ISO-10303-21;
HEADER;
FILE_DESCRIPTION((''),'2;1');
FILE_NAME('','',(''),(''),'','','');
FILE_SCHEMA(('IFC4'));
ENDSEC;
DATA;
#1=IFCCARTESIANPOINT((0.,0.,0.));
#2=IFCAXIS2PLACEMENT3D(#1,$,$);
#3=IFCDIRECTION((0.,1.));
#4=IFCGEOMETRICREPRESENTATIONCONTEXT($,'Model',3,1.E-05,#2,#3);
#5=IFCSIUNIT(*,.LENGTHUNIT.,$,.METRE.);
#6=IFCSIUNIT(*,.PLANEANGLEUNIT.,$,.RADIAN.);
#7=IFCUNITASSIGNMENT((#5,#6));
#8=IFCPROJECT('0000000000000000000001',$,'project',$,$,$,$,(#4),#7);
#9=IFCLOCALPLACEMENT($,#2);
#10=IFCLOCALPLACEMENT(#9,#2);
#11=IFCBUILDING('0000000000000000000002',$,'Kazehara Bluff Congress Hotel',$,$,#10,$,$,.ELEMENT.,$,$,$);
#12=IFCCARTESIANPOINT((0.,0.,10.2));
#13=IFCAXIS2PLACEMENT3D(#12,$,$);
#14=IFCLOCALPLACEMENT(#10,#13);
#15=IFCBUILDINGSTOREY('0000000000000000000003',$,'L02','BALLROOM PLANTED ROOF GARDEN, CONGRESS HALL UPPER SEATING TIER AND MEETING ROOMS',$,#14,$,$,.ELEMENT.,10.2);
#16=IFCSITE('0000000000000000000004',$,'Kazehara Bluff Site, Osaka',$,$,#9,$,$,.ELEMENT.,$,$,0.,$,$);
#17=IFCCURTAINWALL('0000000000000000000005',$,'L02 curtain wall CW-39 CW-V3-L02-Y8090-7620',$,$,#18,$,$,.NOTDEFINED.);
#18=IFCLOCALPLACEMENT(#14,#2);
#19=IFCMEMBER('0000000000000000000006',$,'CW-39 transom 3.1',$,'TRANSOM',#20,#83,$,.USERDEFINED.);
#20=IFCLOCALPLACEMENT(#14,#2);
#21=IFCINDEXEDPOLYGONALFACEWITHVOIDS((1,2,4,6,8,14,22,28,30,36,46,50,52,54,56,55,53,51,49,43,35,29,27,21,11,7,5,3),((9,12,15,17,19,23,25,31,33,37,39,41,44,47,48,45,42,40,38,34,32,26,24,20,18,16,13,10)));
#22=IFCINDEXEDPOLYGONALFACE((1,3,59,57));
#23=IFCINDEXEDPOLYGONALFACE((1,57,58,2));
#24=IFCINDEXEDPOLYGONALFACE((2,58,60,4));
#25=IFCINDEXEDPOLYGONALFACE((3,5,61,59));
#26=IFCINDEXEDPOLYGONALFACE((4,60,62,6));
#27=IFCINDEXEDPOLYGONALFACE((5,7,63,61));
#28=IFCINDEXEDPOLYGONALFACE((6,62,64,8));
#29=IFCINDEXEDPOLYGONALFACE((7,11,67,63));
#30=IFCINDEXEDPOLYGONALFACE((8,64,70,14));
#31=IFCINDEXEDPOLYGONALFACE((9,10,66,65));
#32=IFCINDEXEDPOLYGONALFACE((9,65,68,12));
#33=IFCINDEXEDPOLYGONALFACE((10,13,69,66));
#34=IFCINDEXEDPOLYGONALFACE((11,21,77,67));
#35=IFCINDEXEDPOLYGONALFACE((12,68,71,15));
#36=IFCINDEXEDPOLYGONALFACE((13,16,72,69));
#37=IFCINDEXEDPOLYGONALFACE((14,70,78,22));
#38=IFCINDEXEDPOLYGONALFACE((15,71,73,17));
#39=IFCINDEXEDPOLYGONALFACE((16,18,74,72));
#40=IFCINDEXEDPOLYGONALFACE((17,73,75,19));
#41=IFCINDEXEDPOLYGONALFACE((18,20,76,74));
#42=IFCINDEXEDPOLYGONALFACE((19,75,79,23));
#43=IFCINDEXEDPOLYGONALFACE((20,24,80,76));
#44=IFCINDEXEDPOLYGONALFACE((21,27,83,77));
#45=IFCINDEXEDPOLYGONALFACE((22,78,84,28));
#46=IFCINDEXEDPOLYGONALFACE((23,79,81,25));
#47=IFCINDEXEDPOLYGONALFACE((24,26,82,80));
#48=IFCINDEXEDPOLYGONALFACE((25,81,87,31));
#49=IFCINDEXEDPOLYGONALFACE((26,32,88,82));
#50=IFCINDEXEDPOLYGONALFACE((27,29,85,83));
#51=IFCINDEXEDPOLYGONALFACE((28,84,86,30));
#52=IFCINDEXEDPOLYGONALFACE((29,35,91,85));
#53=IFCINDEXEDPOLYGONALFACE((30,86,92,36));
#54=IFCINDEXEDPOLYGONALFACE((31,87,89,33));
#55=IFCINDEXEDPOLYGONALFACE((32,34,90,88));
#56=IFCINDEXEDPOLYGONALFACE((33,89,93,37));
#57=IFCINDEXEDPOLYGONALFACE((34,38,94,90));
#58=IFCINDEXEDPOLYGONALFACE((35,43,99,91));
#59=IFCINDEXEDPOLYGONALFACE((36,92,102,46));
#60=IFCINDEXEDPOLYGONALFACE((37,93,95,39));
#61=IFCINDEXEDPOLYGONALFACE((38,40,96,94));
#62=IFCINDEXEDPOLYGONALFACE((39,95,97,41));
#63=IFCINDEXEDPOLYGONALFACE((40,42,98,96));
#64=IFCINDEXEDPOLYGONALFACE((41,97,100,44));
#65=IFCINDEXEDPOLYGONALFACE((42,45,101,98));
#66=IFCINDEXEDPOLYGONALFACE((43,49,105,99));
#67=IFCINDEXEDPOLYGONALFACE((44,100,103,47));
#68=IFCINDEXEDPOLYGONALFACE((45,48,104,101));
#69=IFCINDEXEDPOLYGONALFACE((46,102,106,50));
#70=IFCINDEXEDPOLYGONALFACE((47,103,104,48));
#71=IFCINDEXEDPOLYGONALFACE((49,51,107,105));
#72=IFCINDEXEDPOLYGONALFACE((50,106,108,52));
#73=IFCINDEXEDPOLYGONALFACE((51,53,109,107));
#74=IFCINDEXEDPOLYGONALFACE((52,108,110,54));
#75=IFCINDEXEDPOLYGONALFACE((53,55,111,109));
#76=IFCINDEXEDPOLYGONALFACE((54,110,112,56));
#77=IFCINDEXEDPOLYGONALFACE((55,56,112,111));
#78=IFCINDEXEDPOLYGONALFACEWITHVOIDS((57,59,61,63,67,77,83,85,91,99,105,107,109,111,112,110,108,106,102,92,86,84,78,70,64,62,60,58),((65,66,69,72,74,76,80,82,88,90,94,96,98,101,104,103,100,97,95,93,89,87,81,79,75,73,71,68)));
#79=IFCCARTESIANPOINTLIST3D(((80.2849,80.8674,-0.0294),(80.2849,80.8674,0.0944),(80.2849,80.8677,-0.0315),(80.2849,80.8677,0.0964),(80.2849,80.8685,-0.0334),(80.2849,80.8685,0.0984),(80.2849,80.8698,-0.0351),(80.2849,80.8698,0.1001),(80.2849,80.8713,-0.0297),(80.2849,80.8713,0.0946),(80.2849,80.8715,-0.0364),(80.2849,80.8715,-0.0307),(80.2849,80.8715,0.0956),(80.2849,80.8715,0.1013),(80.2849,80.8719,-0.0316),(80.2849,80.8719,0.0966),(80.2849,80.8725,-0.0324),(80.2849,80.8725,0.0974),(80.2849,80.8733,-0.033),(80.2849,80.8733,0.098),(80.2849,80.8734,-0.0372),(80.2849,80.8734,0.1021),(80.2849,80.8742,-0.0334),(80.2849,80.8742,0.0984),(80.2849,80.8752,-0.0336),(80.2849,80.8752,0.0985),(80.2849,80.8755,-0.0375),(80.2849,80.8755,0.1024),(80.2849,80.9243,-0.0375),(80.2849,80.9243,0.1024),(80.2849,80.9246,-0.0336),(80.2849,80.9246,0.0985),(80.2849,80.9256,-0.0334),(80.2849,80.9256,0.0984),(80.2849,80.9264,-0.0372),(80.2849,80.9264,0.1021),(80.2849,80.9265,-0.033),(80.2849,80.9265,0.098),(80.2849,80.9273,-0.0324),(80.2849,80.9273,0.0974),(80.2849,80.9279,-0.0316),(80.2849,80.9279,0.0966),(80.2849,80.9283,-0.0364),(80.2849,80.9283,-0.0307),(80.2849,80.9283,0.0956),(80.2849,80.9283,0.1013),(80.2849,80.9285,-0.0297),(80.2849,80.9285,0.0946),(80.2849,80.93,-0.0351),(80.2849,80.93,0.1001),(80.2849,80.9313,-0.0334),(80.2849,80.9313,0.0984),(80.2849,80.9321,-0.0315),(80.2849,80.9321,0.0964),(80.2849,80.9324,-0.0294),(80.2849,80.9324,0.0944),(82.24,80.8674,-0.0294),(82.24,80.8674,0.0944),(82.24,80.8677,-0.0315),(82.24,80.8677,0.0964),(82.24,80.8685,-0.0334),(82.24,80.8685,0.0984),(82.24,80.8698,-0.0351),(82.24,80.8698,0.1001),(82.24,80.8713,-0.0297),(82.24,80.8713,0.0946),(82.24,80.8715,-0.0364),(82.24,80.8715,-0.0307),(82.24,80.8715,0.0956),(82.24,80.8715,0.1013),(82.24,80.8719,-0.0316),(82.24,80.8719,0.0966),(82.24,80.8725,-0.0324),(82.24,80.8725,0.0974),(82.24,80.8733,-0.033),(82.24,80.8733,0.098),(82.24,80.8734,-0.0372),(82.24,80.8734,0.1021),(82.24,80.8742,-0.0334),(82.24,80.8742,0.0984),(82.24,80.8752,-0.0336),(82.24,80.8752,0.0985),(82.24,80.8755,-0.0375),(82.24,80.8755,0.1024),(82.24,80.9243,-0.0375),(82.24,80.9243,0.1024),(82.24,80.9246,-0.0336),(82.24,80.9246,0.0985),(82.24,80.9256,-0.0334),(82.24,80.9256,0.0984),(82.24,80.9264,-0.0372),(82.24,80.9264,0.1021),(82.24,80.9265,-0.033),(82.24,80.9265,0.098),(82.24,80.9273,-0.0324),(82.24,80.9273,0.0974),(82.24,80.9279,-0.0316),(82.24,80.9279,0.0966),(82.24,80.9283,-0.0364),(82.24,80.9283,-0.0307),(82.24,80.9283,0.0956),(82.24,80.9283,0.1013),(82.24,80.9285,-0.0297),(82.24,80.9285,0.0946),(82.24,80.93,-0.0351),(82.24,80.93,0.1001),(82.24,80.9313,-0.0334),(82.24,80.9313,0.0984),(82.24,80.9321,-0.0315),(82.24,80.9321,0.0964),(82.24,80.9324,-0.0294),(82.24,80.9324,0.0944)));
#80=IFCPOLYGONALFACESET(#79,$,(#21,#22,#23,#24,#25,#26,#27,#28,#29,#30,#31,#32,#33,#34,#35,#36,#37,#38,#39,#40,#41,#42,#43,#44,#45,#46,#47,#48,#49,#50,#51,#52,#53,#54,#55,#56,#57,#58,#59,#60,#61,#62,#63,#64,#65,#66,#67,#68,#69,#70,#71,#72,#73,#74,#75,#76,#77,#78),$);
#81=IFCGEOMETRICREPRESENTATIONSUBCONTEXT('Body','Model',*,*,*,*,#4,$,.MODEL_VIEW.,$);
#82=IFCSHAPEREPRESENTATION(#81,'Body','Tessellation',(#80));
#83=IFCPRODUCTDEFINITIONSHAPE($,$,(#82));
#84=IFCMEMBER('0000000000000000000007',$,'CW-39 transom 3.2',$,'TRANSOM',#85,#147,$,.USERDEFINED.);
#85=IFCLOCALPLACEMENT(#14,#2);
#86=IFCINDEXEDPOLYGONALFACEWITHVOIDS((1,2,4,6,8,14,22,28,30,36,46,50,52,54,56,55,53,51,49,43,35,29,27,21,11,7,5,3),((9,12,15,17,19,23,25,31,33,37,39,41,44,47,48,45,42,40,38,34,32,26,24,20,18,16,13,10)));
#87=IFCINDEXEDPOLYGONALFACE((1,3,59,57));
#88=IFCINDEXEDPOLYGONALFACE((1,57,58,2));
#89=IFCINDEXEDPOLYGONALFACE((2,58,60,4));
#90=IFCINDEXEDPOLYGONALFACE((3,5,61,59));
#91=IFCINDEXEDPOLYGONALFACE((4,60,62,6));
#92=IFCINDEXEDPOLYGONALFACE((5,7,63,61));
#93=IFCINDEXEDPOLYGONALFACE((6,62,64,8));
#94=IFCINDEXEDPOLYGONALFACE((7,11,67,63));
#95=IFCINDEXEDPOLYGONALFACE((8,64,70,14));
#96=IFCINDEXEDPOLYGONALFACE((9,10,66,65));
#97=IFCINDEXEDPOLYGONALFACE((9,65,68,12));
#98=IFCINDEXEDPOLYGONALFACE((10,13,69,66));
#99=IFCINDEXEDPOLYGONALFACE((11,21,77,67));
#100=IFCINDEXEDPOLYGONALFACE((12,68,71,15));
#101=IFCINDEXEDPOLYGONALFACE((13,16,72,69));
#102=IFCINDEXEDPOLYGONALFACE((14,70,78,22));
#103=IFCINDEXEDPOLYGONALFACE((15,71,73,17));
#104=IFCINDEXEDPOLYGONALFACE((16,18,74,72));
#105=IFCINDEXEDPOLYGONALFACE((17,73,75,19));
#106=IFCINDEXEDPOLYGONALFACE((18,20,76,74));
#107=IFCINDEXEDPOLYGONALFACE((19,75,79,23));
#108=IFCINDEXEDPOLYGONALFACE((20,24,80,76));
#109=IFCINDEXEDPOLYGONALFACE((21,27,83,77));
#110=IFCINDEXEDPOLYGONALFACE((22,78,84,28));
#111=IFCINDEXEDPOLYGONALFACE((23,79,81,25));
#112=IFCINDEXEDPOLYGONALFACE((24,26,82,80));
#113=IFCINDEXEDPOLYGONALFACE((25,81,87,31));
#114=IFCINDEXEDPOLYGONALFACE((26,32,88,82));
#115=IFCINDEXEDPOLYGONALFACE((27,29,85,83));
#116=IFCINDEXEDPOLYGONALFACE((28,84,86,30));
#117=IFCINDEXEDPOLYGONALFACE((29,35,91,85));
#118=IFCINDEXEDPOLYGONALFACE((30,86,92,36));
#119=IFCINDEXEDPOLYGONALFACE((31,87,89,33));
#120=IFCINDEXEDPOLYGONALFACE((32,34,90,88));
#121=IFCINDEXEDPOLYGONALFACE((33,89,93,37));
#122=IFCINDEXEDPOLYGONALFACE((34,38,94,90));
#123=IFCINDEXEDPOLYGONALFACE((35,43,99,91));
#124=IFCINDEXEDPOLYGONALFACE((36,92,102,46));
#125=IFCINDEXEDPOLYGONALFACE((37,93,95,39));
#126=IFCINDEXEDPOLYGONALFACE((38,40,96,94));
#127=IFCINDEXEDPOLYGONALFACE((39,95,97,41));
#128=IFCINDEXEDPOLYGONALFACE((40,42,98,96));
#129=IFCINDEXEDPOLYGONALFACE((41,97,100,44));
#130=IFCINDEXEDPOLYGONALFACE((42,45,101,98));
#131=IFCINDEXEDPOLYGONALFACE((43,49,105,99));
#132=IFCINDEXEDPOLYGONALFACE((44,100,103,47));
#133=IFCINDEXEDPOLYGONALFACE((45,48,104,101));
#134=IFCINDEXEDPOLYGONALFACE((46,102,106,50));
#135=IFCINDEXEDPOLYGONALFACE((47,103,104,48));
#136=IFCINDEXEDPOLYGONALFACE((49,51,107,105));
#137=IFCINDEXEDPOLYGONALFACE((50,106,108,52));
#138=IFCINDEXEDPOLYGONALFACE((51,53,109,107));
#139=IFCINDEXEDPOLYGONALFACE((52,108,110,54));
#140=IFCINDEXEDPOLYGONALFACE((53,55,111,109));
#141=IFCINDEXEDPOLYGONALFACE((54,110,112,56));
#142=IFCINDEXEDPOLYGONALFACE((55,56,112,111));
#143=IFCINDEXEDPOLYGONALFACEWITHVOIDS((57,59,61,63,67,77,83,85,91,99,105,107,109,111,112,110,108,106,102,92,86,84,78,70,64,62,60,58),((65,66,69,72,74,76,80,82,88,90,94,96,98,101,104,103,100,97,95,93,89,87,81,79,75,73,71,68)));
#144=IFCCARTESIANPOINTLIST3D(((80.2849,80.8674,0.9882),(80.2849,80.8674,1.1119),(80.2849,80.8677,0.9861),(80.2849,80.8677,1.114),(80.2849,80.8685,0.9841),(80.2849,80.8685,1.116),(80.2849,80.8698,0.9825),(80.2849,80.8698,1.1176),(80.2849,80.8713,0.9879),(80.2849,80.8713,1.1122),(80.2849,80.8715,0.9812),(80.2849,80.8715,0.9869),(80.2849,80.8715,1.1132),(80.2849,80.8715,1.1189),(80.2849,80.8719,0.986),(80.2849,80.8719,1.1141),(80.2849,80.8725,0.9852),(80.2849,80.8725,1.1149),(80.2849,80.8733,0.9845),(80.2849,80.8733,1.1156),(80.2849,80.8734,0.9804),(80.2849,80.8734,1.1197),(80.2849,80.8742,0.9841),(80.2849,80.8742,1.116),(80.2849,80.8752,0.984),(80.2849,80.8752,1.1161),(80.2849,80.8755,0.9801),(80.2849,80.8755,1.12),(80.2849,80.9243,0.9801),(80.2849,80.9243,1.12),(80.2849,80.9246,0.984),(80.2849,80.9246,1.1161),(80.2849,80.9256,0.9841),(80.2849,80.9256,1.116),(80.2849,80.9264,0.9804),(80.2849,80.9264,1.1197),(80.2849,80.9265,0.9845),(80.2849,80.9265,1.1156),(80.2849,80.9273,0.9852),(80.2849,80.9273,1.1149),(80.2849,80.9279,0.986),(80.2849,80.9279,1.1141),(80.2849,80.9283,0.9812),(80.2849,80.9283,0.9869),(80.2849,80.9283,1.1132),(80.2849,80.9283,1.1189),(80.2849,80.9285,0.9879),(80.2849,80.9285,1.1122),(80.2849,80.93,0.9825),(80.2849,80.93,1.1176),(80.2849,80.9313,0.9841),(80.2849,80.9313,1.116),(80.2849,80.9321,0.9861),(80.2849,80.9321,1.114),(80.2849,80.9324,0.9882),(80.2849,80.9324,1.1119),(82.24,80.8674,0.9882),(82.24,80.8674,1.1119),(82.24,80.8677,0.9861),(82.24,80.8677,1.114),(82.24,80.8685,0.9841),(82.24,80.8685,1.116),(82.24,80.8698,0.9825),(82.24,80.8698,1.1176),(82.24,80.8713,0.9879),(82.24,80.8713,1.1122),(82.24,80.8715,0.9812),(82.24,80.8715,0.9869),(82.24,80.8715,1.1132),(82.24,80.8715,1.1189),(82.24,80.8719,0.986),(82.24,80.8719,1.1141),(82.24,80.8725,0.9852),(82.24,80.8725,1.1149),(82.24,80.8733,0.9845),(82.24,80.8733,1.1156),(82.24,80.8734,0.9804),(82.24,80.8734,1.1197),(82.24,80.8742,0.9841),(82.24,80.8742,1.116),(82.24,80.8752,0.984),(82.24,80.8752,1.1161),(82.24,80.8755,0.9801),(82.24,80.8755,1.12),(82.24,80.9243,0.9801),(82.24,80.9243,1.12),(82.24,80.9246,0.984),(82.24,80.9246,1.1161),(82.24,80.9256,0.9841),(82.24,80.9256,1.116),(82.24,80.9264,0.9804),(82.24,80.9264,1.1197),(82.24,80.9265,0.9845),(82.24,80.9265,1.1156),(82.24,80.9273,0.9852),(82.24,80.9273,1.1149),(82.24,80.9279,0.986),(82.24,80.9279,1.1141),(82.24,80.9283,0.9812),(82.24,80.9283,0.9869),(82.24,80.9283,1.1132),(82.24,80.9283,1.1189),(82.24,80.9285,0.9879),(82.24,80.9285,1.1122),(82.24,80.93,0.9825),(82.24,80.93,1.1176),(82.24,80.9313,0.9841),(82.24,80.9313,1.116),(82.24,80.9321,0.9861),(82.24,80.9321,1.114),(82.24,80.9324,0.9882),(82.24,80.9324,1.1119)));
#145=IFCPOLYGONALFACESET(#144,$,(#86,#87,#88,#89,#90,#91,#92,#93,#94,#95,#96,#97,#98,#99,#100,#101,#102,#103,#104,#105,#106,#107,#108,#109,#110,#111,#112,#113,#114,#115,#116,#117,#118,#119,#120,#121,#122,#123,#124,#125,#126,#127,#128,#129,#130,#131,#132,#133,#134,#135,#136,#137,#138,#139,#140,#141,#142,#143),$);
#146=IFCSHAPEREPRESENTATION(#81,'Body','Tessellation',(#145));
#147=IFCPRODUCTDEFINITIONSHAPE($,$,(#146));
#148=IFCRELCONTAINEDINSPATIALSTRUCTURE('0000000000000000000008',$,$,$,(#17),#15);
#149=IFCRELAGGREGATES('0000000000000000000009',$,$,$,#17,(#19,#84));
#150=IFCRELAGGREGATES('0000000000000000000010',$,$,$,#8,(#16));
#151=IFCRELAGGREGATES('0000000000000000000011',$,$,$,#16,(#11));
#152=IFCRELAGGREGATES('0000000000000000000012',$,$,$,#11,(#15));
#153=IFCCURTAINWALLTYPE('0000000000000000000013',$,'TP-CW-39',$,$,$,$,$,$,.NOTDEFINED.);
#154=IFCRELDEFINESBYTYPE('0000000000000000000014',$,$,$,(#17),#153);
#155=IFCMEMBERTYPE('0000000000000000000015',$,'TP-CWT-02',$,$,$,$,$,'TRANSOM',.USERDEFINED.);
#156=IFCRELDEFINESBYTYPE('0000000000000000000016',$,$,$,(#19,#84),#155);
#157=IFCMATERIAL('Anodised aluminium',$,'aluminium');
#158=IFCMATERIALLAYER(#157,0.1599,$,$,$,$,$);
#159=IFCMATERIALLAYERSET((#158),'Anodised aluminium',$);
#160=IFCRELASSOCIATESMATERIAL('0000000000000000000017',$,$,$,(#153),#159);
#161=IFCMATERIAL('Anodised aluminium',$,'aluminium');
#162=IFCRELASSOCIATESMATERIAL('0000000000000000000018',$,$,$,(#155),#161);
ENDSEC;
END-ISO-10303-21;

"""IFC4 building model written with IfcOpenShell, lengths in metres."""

from ifc_helpers import new_model, si_unit, direction, frame, origin, origin_2d, place, context, subcontext, project, spatial, hollow_rectangle, extrude, material, layer, layer_set, material_profile, profile_set, type_object, element, aggregate, save


model = new_model("IFC4")

# Units and contexts
model_context = context("Model", 3, precision=1e-05, world=origin(), true_north=direction((0.0, 1.0)))
body_context = subcontext(model_context, "Body", "Model", "MODEL_VIEW")
ifc_project = project(units=[si_unit("LENGTHUNIT", "METRE"), si_unit("PLANEANGLEUNIT", "RADIAN")], contexts=[model_context])

# Site, building, storey
site_placement = place(None, origin())
site = spatial("IfcSite", under=ifc_project, at=site_placement, Name="Kazehara Bluff Site, Osaka", CompositionType="ELEMENT", RefElevation=0.0)
building_placement = place(site_placement, origin())
building = spatial("IfcBuilding", under=site, at=building_placement, Name="Kazehara Bluff Congress Hotel", CompositionType="ELEMENT")
storey_placement = place(building_placement, frame((0.0, 0.0, 10.2)))
storey = spatial("IfcBuildingStorey", under=building, at=storey_placement, Name="L02", Description="BALLROOM PLANTED ROOF GARDEN, CONGRESS HALL UPPER SEATING TIER AND MEETING ROOMS", CompositionType="ELEMENT", Elevation=10.2)

# Shared definitions
ifc_material_1 = material(Name="Anodised aluminium", Category="aluminium")
ifc_layer_1 = layer(ifc_material_1, 0.1599)
ifc_layer_set_1 = layer_set([ifc_layer_1], Name="Anodised aluminium")
curtain_wall_type = type_object("IfcCurtainWallType", Name="TP-CW-39", PredefinedType="NOTDEFINED", material=ifc_layer_set_1)

# Curtain wall, members
curtain_wall_1_placement = place(storey_placement, origin())
curtain_wall_1 = element("IfcCurtainWall", 1, at=curtain_wall_1_placement, inside=storey, type_object=curtain_wall_type, Name="L02 curtain wall CW-39 CW-V3-L02-Y8090-7620", PredefinedType="NOTDEFINED")
ifc_material_2 = material(Name="Anodised aluminium", Category="aluminium")
ifc_material_profile_1 = material_profile(ifc_material_2, hollow_rectangle(XDim=0.0649, YDim=0.1399, WallThickness=0.0039, InnerFilletRadius=0.0039, OuterFilletRadius=0.0081, at=origin_2d()))
ifc_profile_set_1 = profile_set([ifc_material_profile_1], Name="Anodised aluminium")
member_type_1 = type_object("IfcMemberType", Name="TP-CWT-02", ElementType="TRANSOM", PredefinedType="USERDEFINED", material=ifc_profile_set_1)
member_1_placement = place(storey_placement, frame((80.2849, 80.8999, 0.0325), z_axis=(1.0, 0.0, 0.0), x_axis=(0.0, 1.0, 0.0)))
member_1 = element("IfcMember", 2, at=member_1_placement, type_object=member_type_1, Name="CW-39 transom 3.1", ObjectType="TRANSOM", PredefinedType="USERDEFINED", context=body_context, shape_type="SweptSolid", body=[
    extrude(hollow_rectangle(XDim=0.0649, YDim=0.1399, WallThickness=0.0039, InnerFilletRadius=0.0039, OuterFilletRadius=0.0081, at=origin_2d()), origin(), (0.0, 0.0, 1.0), 1.9551),
])
member_2_placement = place(storey_placement, frame((80.2849, 80.8999, 1.05), z_axis=(1.0, 0.0, 0.0), x_axis=(0.0, 1.0, 0.0)))
member_2 = element("IfcMember", 3, at=member_2_placement, type_object=member_type_1, Name="CW-39 transom 3.2", ObjectType="TRANSOM", PredefinedType="USERDEFINED", context=body_context, shape_type="SweptSolid", body=[
    extrude(hollow_rectangle(XDim=0.0649, YDim=0.1399, WallThickness=0.0039, InnerFilletRadius=0.0039, OuterFilletRadius=0.0081, at=origin_2d()), origin(), (0.0, 0.0, 1.0), 1.9551),
])

aggregate(curtain_wall_1, [member_1, member_2])

save(model, "model.ifc")
